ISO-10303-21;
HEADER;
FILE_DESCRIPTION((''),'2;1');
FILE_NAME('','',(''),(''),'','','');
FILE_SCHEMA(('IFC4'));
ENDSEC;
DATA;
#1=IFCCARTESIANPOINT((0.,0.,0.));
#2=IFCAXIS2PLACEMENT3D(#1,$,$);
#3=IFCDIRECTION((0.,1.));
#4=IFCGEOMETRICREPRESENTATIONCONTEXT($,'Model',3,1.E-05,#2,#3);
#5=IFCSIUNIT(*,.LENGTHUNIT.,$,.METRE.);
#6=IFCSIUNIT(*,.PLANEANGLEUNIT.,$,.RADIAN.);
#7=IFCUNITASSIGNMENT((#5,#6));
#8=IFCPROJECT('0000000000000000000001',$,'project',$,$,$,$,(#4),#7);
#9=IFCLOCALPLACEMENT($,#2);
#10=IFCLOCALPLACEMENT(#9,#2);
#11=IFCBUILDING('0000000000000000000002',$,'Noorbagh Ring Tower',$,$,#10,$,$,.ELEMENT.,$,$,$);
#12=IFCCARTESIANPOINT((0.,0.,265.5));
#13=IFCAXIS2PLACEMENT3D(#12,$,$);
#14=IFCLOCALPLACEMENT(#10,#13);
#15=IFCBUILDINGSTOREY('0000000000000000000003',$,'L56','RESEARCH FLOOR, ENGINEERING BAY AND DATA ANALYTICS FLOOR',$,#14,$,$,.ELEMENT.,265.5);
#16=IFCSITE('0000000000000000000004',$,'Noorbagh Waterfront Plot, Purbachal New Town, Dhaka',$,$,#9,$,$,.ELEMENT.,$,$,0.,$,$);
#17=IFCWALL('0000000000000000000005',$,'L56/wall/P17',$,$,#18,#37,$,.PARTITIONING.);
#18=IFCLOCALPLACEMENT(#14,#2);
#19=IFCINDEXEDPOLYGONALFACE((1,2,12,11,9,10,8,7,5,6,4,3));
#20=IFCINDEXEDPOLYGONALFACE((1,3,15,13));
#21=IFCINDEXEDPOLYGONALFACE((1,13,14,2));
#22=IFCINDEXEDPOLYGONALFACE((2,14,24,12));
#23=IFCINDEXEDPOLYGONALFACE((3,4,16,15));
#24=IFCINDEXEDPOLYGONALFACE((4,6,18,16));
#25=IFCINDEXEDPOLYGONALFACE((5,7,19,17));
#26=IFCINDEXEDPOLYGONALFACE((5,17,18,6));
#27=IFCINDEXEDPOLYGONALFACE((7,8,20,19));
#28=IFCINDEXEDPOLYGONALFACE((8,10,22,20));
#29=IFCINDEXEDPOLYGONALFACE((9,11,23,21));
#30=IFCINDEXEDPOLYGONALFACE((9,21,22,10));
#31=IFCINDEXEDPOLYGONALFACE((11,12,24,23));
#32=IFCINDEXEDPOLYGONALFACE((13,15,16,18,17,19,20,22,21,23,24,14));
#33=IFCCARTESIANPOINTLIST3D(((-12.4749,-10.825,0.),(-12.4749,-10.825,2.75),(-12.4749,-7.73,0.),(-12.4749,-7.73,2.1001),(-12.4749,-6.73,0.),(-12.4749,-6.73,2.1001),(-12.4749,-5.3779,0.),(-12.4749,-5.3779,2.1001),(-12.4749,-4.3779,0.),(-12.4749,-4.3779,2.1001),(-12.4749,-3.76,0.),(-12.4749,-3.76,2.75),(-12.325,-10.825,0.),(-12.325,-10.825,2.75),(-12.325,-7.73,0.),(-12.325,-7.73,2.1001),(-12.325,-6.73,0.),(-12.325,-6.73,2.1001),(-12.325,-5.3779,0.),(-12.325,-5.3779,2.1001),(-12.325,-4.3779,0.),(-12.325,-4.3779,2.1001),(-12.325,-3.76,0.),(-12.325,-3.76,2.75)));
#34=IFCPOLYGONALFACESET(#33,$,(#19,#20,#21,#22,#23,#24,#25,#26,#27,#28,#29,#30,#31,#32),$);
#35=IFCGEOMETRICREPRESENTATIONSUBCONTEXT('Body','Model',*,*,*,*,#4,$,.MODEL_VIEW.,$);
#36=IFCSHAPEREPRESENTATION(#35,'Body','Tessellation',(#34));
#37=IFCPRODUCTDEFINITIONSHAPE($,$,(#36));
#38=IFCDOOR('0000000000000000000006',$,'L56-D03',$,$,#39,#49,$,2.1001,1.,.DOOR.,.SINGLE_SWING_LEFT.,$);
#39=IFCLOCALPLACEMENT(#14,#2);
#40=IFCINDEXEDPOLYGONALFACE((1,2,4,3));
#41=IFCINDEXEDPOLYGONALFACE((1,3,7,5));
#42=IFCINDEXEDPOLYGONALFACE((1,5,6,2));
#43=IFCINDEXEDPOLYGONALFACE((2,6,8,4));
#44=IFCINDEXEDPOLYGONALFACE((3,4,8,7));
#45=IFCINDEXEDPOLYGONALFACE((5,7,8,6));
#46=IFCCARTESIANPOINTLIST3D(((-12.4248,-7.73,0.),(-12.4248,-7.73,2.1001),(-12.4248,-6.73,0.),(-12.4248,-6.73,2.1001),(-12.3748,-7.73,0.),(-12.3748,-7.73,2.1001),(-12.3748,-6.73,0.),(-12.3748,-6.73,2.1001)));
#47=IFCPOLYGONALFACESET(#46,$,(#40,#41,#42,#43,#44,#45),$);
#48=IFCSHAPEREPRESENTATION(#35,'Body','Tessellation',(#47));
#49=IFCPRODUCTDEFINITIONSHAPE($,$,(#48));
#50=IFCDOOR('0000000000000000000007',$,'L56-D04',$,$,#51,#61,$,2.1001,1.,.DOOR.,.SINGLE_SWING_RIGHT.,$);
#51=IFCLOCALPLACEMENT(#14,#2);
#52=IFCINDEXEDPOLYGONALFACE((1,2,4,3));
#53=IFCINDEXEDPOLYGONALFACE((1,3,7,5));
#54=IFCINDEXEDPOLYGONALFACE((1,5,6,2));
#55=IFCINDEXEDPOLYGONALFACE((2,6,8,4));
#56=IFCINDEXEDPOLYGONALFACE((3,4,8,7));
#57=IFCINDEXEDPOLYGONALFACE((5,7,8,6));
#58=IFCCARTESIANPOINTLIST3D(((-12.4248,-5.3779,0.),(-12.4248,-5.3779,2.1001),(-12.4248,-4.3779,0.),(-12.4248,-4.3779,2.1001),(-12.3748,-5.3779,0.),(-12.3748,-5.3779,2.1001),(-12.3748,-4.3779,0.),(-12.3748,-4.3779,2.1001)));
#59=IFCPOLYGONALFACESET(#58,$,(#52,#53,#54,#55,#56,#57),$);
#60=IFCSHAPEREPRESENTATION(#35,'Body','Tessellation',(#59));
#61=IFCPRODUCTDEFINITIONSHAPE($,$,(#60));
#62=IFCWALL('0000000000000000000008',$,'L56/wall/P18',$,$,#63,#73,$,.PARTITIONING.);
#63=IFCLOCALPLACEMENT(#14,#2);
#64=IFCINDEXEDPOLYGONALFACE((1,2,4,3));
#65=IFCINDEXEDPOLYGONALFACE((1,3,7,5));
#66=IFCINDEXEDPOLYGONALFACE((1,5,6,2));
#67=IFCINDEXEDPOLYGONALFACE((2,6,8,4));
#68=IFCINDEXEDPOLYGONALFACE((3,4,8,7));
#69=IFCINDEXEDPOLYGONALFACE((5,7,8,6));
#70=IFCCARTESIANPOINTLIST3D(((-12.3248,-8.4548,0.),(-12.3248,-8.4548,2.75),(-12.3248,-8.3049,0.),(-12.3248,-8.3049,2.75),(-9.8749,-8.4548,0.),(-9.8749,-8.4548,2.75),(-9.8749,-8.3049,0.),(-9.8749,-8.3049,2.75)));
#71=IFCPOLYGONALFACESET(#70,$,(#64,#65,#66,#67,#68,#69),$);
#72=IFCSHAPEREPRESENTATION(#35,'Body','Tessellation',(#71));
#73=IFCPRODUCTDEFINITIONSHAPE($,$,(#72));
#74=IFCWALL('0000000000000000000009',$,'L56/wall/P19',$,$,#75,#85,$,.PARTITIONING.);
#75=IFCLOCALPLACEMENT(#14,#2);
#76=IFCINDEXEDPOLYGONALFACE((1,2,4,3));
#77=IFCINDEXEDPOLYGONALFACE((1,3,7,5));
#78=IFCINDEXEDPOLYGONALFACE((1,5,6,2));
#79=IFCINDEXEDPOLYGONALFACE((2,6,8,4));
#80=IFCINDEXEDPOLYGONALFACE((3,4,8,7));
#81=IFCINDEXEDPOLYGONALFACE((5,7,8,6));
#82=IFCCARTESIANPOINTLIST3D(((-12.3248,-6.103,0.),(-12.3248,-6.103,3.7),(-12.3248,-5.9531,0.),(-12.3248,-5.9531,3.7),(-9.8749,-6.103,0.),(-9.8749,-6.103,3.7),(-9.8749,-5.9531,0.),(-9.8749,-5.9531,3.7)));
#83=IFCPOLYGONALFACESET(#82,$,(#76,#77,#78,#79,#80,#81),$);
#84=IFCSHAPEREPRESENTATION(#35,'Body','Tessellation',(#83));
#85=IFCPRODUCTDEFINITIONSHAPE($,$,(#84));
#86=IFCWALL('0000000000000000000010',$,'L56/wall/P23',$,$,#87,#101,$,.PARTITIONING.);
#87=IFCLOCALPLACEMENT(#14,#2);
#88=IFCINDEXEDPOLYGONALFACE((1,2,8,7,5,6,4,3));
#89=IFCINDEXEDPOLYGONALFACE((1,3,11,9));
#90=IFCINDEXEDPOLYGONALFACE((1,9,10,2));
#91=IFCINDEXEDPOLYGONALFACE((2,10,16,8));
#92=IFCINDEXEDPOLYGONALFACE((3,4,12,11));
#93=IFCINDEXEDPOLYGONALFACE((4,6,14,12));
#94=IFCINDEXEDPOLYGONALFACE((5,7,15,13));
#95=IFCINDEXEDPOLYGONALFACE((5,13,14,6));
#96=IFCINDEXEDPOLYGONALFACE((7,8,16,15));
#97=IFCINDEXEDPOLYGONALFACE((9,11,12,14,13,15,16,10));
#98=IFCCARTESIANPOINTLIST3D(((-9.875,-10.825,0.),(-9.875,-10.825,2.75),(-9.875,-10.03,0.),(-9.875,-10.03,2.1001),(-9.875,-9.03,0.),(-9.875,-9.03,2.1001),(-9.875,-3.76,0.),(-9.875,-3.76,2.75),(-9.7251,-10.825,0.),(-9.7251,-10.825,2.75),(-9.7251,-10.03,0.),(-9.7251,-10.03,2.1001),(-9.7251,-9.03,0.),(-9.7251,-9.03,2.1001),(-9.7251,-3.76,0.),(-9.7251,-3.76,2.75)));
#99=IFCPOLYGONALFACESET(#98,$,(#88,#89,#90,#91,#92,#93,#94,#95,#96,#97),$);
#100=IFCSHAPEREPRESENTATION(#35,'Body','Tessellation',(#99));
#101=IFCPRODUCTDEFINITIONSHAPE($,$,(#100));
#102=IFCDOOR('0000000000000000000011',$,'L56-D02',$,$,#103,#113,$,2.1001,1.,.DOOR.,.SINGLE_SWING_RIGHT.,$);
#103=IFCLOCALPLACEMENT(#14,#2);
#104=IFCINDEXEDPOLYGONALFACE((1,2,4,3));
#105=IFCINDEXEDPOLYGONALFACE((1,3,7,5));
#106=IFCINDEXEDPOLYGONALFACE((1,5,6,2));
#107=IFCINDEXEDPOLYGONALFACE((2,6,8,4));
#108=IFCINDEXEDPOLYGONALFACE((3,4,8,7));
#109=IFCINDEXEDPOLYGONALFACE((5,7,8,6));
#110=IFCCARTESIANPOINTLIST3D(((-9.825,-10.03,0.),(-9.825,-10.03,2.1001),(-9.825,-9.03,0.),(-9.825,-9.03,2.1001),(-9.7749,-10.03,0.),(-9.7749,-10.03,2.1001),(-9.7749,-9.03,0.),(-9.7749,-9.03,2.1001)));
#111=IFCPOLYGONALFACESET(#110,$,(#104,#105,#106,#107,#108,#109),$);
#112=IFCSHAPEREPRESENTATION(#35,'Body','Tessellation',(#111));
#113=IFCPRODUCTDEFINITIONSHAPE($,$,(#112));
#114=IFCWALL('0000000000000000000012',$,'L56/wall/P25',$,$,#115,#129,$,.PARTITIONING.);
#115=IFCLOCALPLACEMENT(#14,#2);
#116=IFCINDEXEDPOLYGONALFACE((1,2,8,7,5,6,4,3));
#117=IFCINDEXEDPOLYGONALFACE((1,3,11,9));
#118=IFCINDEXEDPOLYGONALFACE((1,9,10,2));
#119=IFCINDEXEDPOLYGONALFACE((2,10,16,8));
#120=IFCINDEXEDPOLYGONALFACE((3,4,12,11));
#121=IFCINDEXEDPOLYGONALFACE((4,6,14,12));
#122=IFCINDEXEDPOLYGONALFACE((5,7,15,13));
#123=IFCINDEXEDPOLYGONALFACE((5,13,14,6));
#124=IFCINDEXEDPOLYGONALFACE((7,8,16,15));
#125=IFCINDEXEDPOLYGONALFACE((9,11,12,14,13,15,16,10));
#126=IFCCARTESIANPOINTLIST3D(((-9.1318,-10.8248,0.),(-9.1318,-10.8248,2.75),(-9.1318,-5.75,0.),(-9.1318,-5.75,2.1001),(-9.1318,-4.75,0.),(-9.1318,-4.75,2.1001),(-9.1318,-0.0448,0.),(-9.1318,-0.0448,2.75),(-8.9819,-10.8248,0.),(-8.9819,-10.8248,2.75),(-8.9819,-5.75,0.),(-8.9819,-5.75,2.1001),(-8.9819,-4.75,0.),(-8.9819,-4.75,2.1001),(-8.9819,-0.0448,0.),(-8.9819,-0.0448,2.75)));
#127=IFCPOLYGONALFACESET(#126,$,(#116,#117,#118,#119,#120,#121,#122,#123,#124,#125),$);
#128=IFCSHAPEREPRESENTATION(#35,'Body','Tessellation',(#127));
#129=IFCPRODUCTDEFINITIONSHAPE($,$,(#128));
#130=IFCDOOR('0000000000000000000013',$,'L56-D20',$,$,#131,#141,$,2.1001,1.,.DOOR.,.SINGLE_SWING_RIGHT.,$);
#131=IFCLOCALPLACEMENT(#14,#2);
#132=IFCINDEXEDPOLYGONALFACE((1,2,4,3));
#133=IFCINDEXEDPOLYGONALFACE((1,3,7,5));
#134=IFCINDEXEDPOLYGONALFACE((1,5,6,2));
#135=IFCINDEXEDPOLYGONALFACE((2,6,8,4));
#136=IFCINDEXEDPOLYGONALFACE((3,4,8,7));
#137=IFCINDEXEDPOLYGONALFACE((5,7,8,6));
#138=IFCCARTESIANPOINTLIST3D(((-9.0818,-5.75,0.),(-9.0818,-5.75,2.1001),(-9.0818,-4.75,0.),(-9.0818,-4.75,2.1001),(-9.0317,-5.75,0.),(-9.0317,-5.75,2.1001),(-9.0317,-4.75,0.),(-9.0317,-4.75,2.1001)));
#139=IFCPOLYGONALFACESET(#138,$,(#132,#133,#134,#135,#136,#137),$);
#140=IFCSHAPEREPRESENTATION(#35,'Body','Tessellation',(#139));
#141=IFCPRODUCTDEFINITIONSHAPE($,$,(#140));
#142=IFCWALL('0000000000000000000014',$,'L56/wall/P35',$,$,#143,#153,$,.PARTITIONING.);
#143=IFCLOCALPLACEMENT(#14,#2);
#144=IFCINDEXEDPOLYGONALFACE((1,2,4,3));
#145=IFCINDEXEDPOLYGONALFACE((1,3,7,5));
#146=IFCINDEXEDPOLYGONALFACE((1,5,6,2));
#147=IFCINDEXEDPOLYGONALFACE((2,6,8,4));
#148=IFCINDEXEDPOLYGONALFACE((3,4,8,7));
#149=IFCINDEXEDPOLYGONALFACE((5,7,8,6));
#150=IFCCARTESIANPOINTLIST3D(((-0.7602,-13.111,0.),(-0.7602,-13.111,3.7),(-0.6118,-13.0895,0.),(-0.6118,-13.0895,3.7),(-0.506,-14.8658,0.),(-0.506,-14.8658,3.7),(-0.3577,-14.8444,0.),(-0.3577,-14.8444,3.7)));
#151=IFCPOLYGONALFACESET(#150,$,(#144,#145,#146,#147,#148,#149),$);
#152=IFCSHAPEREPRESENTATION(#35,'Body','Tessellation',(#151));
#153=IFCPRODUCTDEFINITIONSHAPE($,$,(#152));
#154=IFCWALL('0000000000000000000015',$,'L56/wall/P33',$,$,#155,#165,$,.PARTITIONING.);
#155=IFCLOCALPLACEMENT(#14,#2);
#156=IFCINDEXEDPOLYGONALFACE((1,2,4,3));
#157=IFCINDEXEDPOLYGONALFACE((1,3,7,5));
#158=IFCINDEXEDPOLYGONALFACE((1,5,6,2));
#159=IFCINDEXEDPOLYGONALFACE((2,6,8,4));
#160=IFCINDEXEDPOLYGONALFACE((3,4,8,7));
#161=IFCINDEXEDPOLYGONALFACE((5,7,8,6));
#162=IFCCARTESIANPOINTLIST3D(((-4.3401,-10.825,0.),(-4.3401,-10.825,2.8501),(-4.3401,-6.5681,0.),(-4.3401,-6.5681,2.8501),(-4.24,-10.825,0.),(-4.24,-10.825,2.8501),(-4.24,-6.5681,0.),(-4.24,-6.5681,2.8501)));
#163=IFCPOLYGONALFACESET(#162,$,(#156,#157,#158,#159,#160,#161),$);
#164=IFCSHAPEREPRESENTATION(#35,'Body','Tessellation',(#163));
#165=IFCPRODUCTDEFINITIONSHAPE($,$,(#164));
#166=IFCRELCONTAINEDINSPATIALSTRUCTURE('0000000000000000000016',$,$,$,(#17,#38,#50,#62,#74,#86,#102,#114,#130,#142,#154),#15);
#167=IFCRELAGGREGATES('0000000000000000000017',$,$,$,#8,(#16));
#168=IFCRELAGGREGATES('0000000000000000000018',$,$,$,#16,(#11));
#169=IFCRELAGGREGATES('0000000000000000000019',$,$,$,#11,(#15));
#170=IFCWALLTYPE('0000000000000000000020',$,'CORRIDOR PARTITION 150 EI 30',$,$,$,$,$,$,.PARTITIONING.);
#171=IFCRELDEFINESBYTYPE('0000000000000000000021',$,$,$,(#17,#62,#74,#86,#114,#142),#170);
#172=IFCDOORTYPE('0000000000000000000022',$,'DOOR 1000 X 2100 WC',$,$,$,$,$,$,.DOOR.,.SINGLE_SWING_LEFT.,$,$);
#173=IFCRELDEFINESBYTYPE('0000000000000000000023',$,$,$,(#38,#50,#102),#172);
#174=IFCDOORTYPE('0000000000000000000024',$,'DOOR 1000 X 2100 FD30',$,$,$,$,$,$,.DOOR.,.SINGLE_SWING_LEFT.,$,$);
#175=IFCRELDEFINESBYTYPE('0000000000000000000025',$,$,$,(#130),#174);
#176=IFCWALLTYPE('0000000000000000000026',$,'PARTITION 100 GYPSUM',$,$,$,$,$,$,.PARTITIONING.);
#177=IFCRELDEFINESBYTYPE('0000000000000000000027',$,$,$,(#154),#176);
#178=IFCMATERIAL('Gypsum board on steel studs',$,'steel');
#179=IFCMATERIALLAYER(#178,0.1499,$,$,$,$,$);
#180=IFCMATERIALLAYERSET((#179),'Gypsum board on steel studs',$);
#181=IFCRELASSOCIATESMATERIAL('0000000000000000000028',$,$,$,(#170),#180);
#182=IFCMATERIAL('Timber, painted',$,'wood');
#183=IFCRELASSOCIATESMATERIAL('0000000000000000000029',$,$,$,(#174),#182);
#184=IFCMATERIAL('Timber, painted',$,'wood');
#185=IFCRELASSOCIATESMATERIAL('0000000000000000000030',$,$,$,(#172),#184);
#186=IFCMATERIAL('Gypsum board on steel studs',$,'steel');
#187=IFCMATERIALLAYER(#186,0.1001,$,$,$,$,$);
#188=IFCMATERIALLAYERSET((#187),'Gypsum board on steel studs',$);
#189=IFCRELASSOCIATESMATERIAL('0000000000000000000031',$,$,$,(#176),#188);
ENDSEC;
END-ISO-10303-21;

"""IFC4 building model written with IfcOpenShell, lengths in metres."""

from ifc_helpers import new_model, si_unit, direction, frame, frame_2d, origin, place, context, subcontext, project, spatial, rectangle, extrude, material, layer, layer_set, type_object, element, fill, save


model = new_model("IFC4")

# Units and contexts
model_context = context("Model", 3, precision=1e-05, world=origin(), true_north=direction((0.0, 1.0)))
body_context = subcontext(model_context, "Body", "Model", "MODEL_VIEW")
ifc_project = project(units=[si_unit("LENGTHUNIT", "METRE"), si_unit("PLANEANGLEUNIT", "RADIAN")], contexts=[model_context])

# Site, building, storey
site_placement = place(None, origin())
site = spatial("IfcSite", under=ifc_project, at=site_placement, Name="Noorbagh Waterfront Plot, Purbachal New Town, Dhaka", CompositionType="ELEMENT", RefElevation=0.0)
building_placement = place(site_placement, origin())
building = spatial("IfcBuilding", under=site, at=building_placement, Name="Noorbagh Ring Tower", CompositionType="ELEMENT")
storey_placement = place(building_placement, frame((0.0, 0.0, 265.5)))
storey = spatial("IfcBuildingStorey", under=building, at=storey_placement, Name="L56", Description="RESEARCH FLOOR, ENGINEERING BAY AND DATA ANALYTICS FLOOR", CompositionType="ELEMENT", Elevation=265.5)

# Shared definitions
ifc_material_1 = material(Name="Gypsum board on steel studs", Category="steel")
ifc_layer_1 = layer(ifc_material_1, 0.1499)
ifc_layer_set_1 = layer_set([ifc_layer_1], Name="Gypsum board on steel studs")
wall_type_1 = type_object("IfcWallType", Name="CORRIDOR PARTITION 150 EI 30", PredefinedType="PARTITIONING", material=ifc_layer_set_1)
ifc_material_2 = material(Name="Timber, painted", Category="wood")
door_type_1 = type_object("IfcDoorType", Name="DOOR 1000 X 2100 FD30", OperationType="SINGLE_SWING_LEFT", PredefinedType="DOOR", material=ifc_material_2)

# Wall, openings, doors
wall_1_placement = place(storey_placement, frame((-12.3999, -10.825, 0.0), z_axis=(0.0, 0.0, 1.0), x_axis=(0.0, 1.0, 0.0)))
wall_1 = element("IfcWall", 1, at=wall_1_placement, inside=storey, type_object=wall_type_1, Name="L56/wall/P17", PredefinedType="PARTITIONING", context=body_context, shape_type="SweptSolid", body=[
    extrude(rectangle(XDim=7.0649, YDim=0.1499, at=frame_2d((3.5325, 0.0))), origin(), (0.0, 0.0, 1.0), 2.75),
])
opening_1_placement = place(wall_1_placement, frame((3.095, 0.0, 0.0)))
opening_1 = element("IfcOpeningElement", 2, at=opening_1_placement, cuts=wall_1, PredefinedType="OPENING", context=body_context, shape_type="SweptSolid", body=[
    extrude(rectangle(XDim=1.0, YDim=2.1001, at=frame_2d((0.5, 1.05))), frame((0.0, 0.085, 0.0), z_axis=(0.0, -1.0, 0.0), x_axis=(1.0, 0.0, 0.0)), (0.0, 0.0, 1.0), 0.1699),
])
opening_2_placement = place(wall_1_placement, frame((5.447, 0.0, 0.0)))
opening_2 = element("IfcOpeningElement", 3, at=opening_2_placement, cuts=wall_1, PredefinedType="OPENING", context=body_context, shape_type="SweptSolid", body=[
    extrude(rectangle(XDim=1.0, YDim=2.1001, at=frame_2d((0.5, 1.05))), frame((0.0, 0.085, 0.0), z_axis=(0.0, -1.0, 0.0), x_axis=(1.0, 0.0, 0.0)), (0.0, 0.0, 1.0), 0.1699),
])
ifc_material_3 = material(Name="Timber, painted", Category="wood")
door_type_2 = type_object("IfcDoorType", Name="DOOR 1000 X 2100 WC", OperationType="SINGLE_SWING_LEFT", PredefinedType="DOOR", material=ifc_material_3)
door_1_placement = place(opening_1_placement, origin())
door_1 = element("IfcDoor", 4, at=door_1_placement, inside=storey, type_object=door_type_2, Name="L56-D03", OperationType="SINGLE_SWING_LEFT", OverallHeight=2.1001, OverallWidth=1.0, PredefinedType="DOOR", context=body_context, shape_type="SweptSolid", body=[
    extrude(rectangle(XDim=1.0, YDim=2.1001, at=frame_2d((0.5, 1.05))), frame((0.0, 0.0249, 0.0), z_axis=(0.0, -1.0, 0.0), x_axis=(1.0, 0.0, 0.0)), (0.0, 0.0, 1.0), 0.05),
])
fill(opening_1, door_1)
door_2_placement = place(opening_2_placement, origin())
door_2 = element("IfcDoor", 5, at=door_2_placement, inside=storey, type_object=door_type_2, Name="L56-D04", OperationType="SINGLE_SWING_RIGHT", OverallHeight=2.1001, OverallWidth=1.0, PredefinedType="DOOR", context=body_context, shape_type="SweptSolid", body=[
    extrude(rectangle(XDim=1.0, YDim=2.1001, at=frame_2d((0.5, 1.05))), frame((0.0, 0.0249, 0.0), z_axis=(0.0, -1.0, 0.0), x_axis=(1.0, 0.0, 0.0)), (0.0, 0.0, 1.0), 0.05),
])
fill(opening_2, door_2)

# Walls
wall_2_placement = place(storey_placement, frame((-12.325, -8.3799, 0.0), z_axis=(0.0, 0.0, 1.0), x_axis=(1.0, 0.0, 0.0)))
element("IfcWall", 6, at=wall_2_placement, inside=storey, type_object=wall_type_1, Name="L56/wall/P18", PredefinedType="PARTITIONING", context=body_context, shape_type="SweptSolid", body=[
    extrude(rectangle(XDim=2.45, YDim=0.1499, at=frame_2d((1.2251, 0.0))), origin(), (0.0, 0.0, 1.0), 2.75),
])
wall_3_placement = place(storey_placement, frame((-12.325, -6.0281, 0.0), z_axis=(0.0, 0.0, 1.0), x_axis=(1.0, 0.0, 0.0)))
element("IfcWall", 7, at=wall_3_placement, inside=storey, type_object=wall_type_1, Name="L56/wall/P19", PredefinedType="PARTITIONING", context=body_context, shape_type="SweptSolid", body=[
    extrude(rectangle(XDim=2.45, YDim=0.1499, at=frame_2d((1.2251, 0.0))), origin(), (0.0, 0.0, 1.0), 3.7),
])

# Walls, openings, doors
wall_4_placement = place(storey_placement, frame((-9.8, -10.825, 0.0), z_axis=(0.0, 0.0, 1.0), x_axis=(0.0, 1.0, 0.0)))
wall_4 = element("IfcWall", 8, at=wall_4_placement, inside=storey, type_object=wall_type_1, Name="L56/wall/P23", PredefinedType="PARTITIONING", context=body_context, shape_type="SweptSolid", body=[
    extrude(rectangle(XDim=7.0649, YDim=0.1499, at=frame_2d((3.5325, 0.0))), origin(), (0.0, 0.0, 1.0), 2.75),
])
opening_3_placement = place(wall_4_placement, frame((0.7949, 0.0, 0.0)))
opening_3 = element("IfcOpeningElement", 9, at=opening_3_placement, cuts=wall_4, PredefinedType="OPENING", context=body_context, shape_type="SweptSolid", body=[
    extrude(rectangle(XDim=1.0, YDim=2.1001, at=frame_2d((0.5, 1.05))), frame((0.0, 0.085, 0.0), z_axis=(0.0, -1.0, 0.0), x_axis=(1.0, 0.0, 0.0)), (0.0, 0.0, 1.0), 0.1699),
])
door_3_placement = place(opening_3_placement, origin())
door_3 = element("IfcDoor", 10, at=door_3_placement, inside=storey, type_object=door_type_2, Name="L56-D02", OperationType="SINGLE_SWING_RIGHT", OverallHeight=2.1001, OverallWidth=1.0, PredefinedType="DOOR", context=body_context, shape_type="SweptSolid", body=[
    extrude(rectangle(XDim=1.0, YDim=2.1001, at=frame_2d((0.5, 1.05))), frame((0.0, 0.0249, 0.0), z_axis=(0.0, -1.0, 0.0), x_axis=(1.0, 0.0, 0.0)), (0.0, 0.0, 1.0), 0.05),
])
fill(opening_3, door_3)
wall_5_placement = place(storey_placement, frame((-9.0569, -10.825, 0.0), z_axis=(0.0, 0.0, 1.0), x_axis=(0.0, 1.0, 0.0)))
wall_5 = element("IfcWall", 11, at=wall_5_placement, inside=storey, type_object=wall_type_1, Name="L56/wall/P25", PredefinedType="PARTITIONING", context=body_context, shape_type="SweptSolid", body=[
    extrude(rectangle(XDim=10.78, YDim=0.1499, at=frame_2d((5.3901, 0.0))), origin(), (0.0, 0.0, 1.0), 2.75),
])
opening_4_placement = place(wall_5_placement, frame((5.075, 0.0, 0.0)))
opening_4 = element("IfcOpeningElement", 12, at=opening_4_placement, cuts=wall_5, PredefinedType="OPENING", context=body_context, shape_type="SweptSolid", body=[
    extrude(rectangle(XDim=1.0, YDim=2.1001, at=frame_2d((0.5, 1.05))), frame((0.0, 0.085, 0.0), z_axis=(0.0, -1.0, 0.0), x_axis=(1.0, 0.0, 0.0)), (0.0, 0.0, 1.0), 0.1699),
])
door_4_placement = place(opening_4_placement, origin())
door_4 = element("IfcDoor", 13, at=door_4_placement, inside=storey, type_object=door_type_1, Name="L56-D20", OperationType="SINGLE_SWING_RIGHT", OverallHeight=2.1001, OverallWidth=1.0, PredefinedType="DOOR", context=body_context, shape_type="SweptSolid", body=[
    extrude(rectangle(XDim=1.0, YDim=2.1001, at=frame_2d((0.5, 1.05))), frame((0.0, 0.0249, 0.0), z_axis=(0.0, -1.0, 0.0), x_axis=(1.0, 0.0, 0.0)), (0.0, 0.0, 1.0), 0.05),
])
fill(opening_4, door_4)

# Walls
wall_6_placement = place(storey_placement, frame((-0.686, -13.1001, 0.0), z_axis=(0.0, 0.0, 1.0), x_axis=(0.143329, -0.989675, 0.0)))
element("IfcWall", 14, at=wall_6_placement, inside=storey, type_object=wall_type_1, Name="L56/wall/P35", PredefinedType="PARTITIONING", context=body_context, shape_type="SweptSolid", body=[
    extrude(rectangle(XDim=1.7732, YDim=0.1499, at=frame_2d((0.8867, 0.0))), origin(), (0.0, 0.0, 1.0), 3.7),
])
ifc_material_4 = material(Name="Gypsum board on steel studs", Category="steel")
ifc_layer_2 = layer(ifc_material_4, 0.1001)
ifc_layer_set_2 = layer_set([ifc_layer_2], Name="Gypsum board on steel studs")
wall_type_2 = type_object("IfcWallType", Name="PARTITION 100 GYPSUM", PredefinedType="PARTITIONING", material=ifc_layer_set_2)
wall_7_placement = place(storey_placement, frame((-4.29, -10.825, 0.0), z_axis=(0.0, 0.0, 1.0), x_axis=(0.0, 1.0, 0.0)))
element("IfcWall", 15, at=wall_7_placement, inside=storey, type_object=wall_type_2, Name="L56/wall/P33", PredefinedType="PARTITIONING", context=body_context, shape_type="SweptSolid", body=[
    extrude(rectangle(XDim=4.2568, YDim=0.1001, at=frame_2d((2.1284, 0.0))), origin(), (0.0, 0.0, 1.0), 2.8501),
])

save(model, "model.ifc")
